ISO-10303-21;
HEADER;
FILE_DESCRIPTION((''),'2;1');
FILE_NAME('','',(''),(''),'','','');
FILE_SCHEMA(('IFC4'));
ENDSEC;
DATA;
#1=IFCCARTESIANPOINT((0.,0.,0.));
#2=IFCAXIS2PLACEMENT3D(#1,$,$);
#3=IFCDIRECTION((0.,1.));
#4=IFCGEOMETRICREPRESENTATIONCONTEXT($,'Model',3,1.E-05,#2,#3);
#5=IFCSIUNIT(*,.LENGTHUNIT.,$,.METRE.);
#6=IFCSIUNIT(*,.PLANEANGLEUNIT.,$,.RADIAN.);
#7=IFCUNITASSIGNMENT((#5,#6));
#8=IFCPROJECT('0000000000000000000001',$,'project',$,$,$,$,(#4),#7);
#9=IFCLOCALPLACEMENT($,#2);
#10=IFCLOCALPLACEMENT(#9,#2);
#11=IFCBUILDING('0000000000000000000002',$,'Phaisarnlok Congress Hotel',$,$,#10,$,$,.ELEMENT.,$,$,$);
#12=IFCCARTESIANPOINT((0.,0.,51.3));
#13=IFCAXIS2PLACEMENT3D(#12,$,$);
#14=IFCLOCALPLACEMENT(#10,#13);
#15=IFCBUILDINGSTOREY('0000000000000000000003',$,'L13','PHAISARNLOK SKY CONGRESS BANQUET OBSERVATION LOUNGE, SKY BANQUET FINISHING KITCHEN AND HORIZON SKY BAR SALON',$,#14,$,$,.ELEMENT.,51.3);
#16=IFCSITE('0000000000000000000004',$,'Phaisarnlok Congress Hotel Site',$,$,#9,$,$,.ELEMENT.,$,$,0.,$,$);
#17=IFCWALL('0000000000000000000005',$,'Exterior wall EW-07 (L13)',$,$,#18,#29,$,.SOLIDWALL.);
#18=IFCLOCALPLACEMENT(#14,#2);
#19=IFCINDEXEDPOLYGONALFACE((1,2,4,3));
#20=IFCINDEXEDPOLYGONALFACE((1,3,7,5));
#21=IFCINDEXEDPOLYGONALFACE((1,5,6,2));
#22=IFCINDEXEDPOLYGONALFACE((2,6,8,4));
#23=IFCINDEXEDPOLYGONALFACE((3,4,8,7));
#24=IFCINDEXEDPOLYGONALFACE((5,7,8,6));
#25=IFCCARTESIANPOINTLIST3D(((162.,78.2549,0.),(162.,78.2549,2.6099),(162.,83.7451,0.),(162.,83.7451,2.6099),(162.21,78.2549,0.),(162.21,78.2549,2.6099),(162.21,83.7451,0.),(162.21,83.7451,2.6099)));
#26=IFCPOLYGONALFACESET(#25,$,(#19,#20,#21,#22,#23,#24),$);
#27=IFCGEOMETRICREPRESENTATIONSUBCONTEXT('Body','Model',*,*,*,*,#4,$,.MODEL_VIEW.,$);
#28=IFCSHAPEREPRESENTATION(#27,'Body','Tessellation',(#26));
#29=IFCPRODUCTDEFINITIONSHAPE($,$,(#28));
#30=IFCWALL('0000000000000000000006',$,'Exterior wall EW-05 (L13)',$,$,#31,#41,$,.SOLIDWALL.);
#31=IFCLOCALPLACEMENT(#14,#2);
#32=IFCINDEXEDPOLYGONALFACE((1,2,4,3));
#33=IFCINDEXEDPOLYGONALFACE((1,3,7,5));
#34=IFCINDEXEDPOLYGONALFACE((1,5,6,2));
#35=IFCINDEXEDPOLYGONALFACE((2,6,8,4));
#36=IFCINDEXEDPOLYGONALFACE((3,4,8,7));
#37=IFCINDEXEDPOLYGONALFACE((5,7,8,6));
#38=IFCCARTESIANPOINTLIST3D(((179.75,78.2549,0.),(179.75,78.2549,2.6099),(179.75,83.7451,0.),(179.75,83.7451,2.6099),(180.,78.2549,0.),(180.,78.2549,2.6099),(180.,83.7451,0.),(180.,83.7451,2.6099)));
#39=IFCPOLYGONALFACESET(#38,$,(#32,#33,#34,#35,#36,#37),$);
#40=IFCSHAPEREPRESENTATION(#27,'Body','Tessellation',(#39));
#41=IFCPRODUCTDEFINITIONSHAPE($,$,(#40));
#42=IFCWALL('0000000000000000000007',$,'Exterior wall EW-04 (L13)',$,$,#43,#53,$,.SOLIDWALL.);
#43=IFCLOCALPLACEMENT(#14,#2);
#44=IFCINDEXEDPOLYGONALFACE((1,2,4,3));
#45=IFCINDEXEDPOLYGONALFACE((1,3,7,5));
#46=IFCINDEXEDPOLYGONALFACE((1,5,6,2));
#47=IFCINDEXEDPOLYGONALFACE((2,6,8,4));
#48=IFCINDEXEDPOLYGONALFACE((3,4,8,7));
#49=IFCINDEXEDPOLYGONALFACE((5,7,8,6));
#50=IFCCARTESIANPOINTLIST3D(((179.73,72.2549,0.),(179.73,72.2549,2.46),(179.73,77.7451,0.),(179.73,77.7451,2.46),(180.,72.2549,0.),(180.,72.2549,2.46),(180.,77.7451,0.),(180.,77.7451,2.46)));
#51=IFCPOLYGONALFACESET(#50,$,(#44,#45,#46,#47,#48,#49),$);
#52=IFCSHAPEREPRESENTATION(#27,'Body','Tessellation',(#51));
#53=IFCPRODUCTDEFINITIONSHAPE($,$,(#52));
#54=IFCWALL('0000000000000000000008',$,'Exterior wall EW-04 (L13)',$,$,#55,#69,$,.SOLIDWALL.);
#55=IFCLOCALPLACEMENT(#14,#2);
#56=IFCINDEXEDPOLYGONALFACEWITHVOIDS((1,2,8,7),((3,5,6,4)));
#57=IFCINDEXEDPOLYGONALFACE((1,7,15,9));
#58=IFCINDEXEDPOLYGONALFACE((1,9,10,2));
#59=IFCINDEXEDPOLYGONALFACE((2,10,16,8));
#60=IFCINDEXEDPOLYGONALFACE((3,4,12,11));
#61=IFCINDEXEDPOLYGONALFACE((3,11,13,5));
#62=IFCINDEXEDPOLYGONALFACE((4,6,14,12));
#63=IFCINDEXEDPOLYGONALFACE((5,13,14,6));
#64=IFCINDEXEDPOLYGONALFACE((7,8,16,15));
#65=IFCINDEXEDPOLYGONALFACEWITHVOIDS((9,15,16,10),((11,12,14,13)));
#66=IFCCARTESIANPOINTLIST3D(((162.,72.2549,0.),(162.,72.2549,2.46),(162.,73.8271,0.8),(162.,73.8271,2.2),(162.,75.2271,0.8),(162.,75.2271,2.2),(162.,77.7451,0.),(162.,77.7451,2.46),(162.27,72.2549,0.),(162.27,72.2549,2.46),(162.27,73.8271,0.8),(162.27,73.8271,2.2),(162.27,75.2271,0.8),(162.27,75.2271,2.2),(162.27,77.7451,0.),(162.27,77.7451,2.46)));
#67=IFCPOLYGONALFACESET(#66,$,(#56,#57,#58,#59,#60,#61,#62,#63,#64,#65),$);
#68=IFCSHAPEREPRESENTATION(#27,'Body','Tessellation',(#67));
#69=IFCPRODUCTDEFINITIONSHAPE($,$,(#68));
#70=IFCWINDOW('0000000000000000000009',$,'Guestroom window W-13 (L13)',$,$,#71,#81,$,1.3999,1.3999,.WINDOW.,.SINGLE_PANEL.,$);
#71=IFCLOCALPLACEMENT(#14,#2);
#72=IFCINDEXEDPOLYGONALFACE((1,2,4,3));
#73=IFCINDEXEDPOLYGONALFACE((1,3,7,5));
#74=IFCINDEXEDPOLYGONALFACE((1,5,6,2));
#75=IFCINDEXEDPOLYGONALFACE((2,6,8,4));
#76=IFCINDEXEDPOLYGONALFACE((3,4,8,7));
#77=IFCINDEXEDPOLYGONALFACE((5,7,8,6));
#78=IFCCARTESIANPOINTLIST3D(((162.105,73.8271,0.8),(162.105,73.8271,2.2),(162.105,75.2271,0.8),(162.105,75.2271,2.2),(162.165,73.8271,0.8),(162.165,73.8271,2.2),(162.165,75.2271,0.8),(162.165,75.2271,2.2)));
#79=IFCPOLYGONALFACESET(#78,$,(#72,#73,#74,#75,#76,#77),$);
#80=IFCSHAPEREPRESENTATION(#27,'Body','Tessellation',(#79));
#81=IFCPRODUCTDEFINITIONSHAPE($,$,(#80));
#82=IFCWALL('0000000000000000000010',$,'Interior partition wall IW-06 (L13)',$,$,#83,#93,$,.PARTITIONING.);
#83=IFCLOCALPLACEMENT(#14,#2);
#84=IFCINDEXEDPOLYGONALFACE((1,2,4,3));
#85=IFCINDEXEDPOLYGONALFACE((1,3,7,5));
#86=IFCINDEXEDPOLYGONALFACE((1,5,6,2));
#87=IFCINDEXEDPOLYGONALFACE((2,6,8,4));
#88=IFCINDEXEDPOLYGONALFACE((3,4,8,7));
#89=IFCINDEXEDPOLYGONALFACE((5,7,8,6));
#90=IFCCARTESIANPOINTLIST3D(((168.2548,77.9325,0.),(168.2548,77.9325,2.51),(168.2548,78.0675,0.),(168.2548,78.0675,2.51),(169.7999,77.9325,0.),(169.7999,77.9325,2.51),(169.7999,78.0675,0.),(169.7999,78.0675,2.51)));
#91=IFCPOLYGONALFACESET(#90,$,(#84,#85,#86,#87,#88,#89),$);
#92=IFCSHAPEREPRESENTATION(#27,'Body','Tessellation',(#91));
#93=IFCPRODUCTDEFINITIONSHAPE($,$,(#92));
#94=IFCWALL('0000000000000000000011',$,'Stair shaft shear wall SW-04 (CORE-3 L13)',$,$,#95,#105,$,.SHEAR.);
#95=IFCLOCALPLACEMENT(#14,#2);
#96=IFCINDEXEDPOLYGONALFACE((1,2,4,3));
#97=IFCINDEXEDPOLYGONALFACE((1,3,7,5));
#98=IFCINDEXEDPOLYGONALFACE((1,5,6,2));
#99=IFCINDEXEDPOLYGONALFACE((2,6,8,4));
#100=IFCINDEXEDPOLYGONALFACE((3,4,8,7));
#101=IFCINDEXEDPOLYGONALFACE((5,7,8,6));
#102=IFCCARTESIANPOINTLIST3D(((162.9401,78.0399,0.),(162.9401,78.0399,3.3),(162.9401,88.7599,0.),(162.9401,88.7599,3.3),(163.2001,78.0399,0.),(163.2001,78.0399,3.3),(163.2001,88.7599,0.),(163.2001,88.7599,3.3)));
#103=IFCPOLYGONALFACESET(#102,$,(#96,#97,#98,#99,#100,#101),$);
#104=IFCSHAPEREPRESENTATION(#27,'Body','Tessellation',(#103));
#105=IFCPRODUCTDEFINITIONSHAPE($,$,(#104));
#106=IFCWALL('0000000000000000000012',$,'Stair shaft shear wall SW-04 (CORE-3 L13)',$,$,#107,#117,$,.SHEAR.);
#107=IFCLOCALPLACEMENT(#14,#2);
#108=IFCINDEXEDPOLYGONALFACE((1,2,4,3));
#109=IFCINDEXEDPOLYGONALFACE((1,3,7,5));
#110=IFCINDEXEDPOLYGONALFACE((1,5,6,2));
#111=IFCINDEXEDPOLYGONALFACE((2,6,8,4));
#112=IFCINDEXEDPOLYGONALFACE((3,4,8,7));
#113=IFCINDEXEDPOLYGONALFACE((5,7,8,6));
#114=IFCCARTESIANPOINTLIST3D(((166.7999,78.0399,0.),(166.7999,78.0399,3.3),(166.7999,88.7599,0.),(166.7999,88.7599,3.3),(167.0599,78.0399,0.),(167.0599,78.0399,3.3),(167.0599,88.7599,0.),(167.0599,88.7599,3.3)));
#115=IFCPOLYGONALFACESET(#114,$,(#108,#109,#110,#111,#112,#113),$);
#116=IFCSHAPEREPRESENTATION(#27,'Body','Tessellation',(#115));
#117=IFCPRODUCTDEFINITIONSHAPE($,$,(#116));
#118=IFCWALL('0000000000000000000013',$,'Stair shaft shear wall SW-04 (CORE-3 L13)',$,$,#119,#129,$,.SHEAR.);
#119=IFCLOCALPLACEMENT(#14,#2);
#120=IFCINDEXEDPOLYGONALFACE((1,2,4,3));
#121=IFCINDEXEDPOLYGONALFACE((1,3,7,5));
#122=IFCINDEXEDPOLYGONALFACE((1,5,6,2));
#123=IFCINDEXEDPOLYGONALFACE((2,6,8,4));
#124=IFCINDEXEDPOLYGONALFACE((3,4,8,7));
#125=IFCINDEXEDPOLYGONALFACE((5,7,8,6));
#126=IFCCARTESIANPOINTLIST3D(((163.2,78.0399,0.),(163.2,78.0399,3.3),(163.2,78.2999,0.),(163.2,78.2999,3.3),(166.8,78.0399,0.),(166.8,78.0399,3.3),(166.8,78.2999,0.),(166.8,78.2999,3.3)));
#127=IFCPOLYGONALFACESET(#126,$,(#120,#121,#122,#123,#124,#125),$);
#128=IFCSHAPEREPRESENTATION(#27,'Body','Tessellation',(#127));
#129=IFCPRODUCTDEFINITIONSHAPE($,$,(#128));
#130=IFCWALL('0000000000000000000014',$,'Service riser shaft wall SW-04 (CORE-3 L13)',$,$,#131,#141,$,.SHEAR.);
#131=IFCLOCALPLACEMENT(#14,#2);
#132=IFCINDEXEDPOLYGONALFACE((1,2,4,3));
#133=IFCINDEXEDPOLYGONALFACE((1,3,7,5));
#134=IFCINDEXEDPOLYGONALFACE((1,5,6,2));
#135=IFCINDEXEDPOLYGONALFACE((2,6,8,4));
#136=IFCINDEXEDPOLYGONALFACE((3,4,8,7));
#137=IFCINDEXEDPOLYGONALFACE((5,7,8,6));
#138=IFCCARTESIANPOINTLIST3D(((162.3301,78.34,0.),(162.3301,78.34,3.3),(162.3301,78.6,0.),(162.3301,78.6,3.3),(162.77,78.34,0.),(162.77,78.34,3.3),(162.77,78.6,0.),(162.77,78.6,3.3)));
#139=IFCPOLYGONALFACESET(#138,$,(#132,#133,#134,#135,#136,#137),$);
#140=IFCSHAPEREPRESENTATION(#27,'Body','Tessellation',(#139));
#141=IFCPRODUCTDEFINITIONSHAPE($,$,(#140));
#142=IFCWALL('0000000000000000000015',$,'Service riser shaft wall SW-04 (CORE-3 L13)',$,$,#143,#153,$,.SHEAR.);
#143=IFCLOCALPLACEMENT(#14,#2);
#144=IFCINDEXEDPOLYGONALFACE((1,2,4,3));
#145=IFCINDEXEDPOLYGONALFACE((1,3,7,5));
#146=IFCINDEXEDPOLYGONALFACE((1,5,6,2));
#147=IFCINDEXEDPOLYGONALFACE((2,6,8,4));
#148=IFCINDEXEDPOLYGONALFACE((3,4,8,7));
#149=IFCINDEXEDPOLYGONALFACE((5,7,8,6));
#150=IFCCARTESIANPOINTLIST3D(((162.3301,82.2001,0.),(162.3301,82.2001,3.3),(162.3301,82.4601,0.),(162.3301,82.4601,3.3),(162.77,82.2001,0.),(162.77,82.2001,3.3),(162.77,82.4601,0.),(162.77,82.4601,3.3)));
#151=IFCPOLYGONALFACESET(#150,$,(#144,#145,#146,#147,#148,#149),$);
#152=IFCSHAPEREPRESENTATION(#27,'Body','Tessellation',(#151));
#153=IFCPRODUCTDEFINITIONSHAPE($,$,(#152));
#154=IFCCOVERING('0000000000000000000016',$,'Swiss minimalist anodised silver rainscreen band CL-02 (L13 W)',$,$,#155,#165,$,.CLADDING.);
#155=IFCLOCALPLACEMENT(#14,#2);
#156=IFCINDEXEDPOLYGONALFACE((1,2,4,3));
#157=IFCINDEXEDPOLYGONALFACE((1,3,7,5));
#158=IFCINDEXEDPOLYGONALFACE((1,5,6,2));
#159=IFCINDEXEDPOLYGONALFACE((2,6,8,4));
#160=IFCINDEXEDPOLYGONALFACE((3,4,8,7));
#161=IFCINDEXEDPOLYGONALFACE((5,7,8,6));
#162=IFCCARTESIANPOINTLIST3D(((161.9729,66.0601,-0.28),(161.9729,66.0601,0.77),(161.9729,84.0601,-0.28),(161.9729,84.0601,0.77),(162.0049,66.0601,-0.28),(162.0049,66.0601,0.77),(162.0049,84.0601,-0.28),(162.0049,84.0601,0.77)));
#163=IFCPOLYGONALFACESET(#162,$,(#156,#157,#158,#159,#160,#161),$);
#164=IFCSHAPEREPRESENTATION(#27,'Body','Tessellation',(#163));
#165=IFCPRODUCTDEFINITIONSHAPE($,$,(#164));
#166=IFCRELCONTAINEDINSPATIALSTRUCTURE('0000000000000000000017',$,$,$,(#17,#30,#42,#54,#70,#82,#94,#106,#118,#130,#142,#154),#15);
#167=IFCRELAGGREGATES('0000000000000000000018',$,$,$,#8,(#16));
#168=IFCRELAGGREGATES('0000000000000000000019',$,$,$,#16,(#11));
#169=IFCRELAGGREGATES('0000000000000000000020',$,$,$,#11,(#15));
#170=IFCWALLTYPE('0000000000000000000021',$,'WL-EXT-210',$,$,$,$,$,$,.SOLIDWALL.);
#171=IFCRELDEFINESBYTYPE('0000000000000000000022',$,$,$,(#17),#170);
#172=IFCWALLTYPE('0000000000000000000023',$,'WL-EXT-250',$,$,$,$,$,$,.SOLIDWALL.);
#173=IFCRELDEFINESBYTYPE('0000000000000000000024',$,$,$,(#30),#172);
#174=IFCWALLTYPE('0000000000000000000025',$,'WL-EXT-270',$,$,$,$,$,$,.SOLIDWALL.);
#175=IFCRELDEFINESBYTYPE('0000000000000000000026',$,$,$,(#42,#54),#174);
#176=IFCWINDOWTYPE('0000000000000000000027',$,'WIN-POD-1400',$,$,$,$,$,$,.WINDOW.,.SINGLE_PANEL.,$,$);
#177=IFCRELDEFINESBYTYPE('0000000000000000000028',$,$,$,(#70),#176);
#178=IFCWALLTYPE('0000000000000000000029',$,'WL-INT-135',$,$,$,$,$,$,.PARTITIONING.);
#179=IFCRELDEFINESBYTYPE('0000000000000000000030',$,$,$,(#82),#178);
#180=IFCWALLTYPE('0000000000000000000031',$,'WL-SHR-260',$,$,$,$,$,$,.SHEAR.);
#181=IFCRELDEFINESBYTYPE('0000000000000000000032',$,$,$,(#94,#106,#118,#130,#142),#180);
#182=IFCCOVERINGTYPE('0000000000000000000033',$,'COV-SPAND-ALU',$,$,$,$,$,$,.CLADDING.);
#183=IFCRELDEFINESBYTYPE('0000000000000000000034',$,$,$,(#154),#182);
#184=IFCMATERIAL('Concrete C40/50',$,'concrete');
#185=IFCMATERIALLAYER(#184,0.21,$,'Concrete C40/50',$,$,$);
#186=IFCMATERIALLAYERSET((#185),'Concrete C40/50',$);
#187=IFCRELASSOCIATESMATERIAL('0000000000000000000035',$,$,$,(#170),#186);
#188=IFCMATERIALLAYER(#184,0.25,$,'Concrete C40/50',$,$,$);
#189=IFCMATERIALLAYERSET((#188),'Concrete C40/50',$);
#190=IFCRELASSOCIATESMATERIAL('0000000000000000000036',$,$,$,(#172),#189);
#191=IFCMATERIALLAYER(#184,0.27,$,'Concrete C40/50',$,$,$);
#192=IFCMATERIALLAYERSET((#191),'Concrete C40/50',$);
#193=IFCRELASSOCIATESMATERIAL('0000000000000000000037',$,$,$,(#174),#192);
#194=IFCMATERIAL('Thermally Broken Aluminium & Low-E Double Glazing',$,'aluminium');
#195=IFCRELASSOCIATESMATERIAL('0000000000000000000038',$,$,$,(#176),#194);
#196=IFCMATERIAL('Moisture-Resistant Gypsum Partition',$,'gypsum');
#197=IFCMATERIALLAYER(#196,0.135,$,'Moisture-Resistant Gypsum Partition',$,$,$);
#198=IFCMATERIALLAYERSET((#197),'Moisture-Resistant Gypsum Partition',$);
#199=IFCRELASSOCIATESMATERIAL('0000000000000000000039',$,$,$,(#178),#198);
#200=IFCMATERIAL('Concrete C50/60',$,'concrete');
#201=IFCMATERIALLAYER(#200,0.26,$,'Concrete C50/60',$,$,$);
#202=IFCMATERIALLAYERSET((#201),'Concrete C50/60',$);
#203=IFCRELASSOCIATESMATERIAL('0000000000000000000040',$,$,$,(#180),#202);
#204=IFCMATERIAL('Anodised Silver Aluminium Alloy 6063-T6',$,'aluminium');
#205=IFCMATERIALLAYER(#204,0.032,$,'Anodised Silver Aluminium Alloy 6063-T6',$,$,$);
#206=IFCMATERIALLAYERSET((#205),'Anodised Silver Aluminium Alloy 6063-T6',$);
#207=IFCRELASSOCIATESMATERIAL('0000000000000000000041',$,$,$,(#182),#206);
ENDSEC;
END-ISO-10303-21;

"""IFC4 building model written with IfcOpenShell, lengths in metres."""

from ifc_helpers import new_model, si_unit, direction, frame, frame_2d, origin, place, context, subcontext, project, spatial, polyline, rectangle, outline, extrude, material, layer, layer_set, type_object, element, fill, save


model = new_model("IFC4")

# Units and contexts
model_context = context("Model", 3, precision=1e-05, world=origin(), true_north=direction((0.0, 1.0)))
body_context = subcontext(model_context, "Body", "Model", "MODEL_VIEW")
ifc_project = project(units=[si_unit("LENGTHUNIT", "METRE"), si_unit("PLANEANGLEUNIT", "RADIAN")], contexts=[model_context])

# Site, building, storey
site_placement = place(None, origin())
site = spatial("IfcSite", under=ifc_project, at=site_placement, Name="Phaisarnlok Congress Hotel Site", CompositionType="ELEMENT", RefElevation=0.0)
building_placement = place(site_placement, origin())
building = spatial("IfcBuilding", under=site, at=building_placement, Name="Phaisarnlok Congress Hotel", CompositionType="ELEMENT")
storey_placement = place(building_placement, frame((0.0, 0.0, 51.3)))
storey = spatial("IfcBuildingStorey", under=building, at=storey_placement, Name="L13", Description="PHAISARNLOK SKY CONGRESS BANQUET OBSERVATION LOUNGE, SKY BANQUET FINISHING KITCHEN AND HORIZON SKY BAR SALON", CompositionType="ELEMENT", Elevation=51.3)

# Shared definitions
ifc_material_1 = material(Name="Concrete C50/60", Category="concrete")

# Walls
ifc_material_2 = material(Name="Concrete C40/50", Category="concrete")
ifc_layer_1 = layer(ifc_material_2, 0.21, Name="Concrete C40/50")
ifc_layer_set_1 = layer_set([ifc_layer_1], Name="Concrete C40/50")
wall_type_1 = type_object("IfcWallType", Name="WL-EXT-210", PredefinedType="SOLIDWALL", material=ifc_layer_set_1)
wall_1_placement = place(storey_placement, frame((162.105, 83.7451, 0.0), z_axis=(0.0, 0.0, 1.0), x_axis=(0.0, -1.0, 0.0)))
element("IfcWall", 1, at=wall_1_placement, inside=storey, type_object=wall_type_1, Name="Exterior wall EW-07 (L13)", PredefinedType="SOLIDWALL", context=body_context, shape_type="SweptSolid", body=[
    extrude(rectangle(XDim=5.4902, YDim=0.21, at=frame_2d((2.7451, 0.0))), origin(), (0.0, 0.0, 1.0), 2.6099),
])
ifc_layer_2 = layer(ifc_material_2, 0.25, Name="Concrete C40/50")
ifc_layer_set_2 = layer_set([ifc_layer_2], Name="Concrete C40/50")
wall_type_2 = type_object("IfcWallType", Name="WL-EXT-250", PredefinedType="SOLIDWALL", material=ifc_layer_set_2)
wall_2_placement = place(storey_placement, frame((179.875, 78.2549, 0.0), z_axis=(0.0, 0.0, 1.0), x_axis=(0.0, 1.0, 0.0)))
element("IfcWall", 2, at=wall_2_placement, inside=storey, type_object=wall_type_2, Name="Exterior wall EW-05 (L13)", PredefinedType="SOLIDWALL", context=body_context, shape_type="SweptSolid", body=[
    extrude(rectangle(XDim=5.4902, YDim=0.25, at=frame_2d((2.7451, 0.0))), origin(), (0.0, 0.0, 1.0), 2.6099),
])
ifc_layer_3 = layer(ifc_material_2, 0.27, Name="Concrete C40/50")
ifc_layer_set_3 = layer_set([ifc_layer_3], Name="Concrete C40/50")
wall_type_3 = type_object("IfcWallType", Name="WL-EXT-270", PredefinedType="SOLIDWALL", material=ifc_layer_set_3)
wall_3_placement = place(storey_placement, frame((179.865, 72.2549, 0.0), z_axis=(0.0, 0.0, 1.0), x_axis=(0.0, 1.0, 0.0)))
element("IfcWall", 3, at=wall_3_placement, inside=storey, type_object=wall_type_3, Name="Exterior wall EW-04 (L13)", PredefinedType="SOLIDWALL", context=body_context, shape_type="SweptSolid", body=[
    extrude(rectangle(XDim=5.4902, YDim=0.27, at=frame_2d((2.7451, 0.0))), origin(), (0.0, 0.0, 1.0), 2.46),
])

# Wall, opening, window
wall_4_placement = place(storey_placement, frame((162.135, 77.7451, 0.0), z_axis=(0.0, 0.0, 1.0), x_axis=(0.0, -1.0, 0.0)))
wall_4 = element("IfcWall", 4, at=wall_4_placement, inside=storey, type_object=wall_type_3, Name="Exterior wall EW-04 (L13)", PredefinedType="SOLIDWALL", context=body_context, shape_type="SweptSolid", body=[
    extrude(rectangle(XDim=5.4902, YDim=0.27, at=frame_2d((2.7451, 0.0))), origin(), (0.0, 0.0, 1.0), 2.46),
])
opening_placement = place(wall_4_placement, frame((2.5181, 0.0, 0.8)))
opening = element("IfcOpeningElement", 5, at=opening_placement, cuts=wall_4, PredefinedType="OPENING", context=body_context, shape_type="SweptSolid", body=[
    extrude(rectangle(XDim=1.3999, YDim=1.3999, at=frame_2d((0.7, 0.7))), frame((0.0, 0.145, 0.0), z_axis=(0.0, -1.0, 0.0), x_axis=(1.0, 0.0, 0.0)), (0.0, 0.0, 1.0), 0.29),
])
ifc_material_3 = material(Name="Thermally Broken Aluminium & Low-E Double Glazing", Category="aluminium")
window_type = type_object("IfcWindowType", Name="WIN-POD-1400", PartitioningType="SINGLE_PANEL", PredefinedType="WINDOW", material=ifc_material_3)
window_placement = place(opening_placement, origin())
window = element("IfcWindow", 6, at=window_placement, inside=storey, type_object=window_type, Name="Guestroom window W-13 (L13)", OverallHeight=1.3999, OverallWidth=1.3999, PartitioningType="SINGLE_PANEL", PredefinedType="WINDOW", context=body_context, shape_type="SweptSolid", body=[
    extrude(rectangle(XDim=1.3999, YDim=1.3999, at=frame_2d((0.7, 0.7))), frame((0.0, 0.03, 0.0), z_axis=(0.0, -1.0, 0.0), x_axis=(1.0, 0.0, 0.0)), (0.0, 0.0, 1.0), 0.0601),
])
fill(opening, window)

# Walls
ifc_material_4 = material(Name="Moisture-Resistant Gypsum Partition", Category="gypsum")
ifc_layer_4 = layer(ifc_material_4, 0.135, Name="Moisture-Resistant Gypsum Partition")
ifc_layer_set_4 = layer_set([ifc_layer_4], Name="Moisture-Resistant Gypsum Partition")
wall_type_4 = type_object("IfcWallType", Name="WL-INT-135", PredefinedType="PARTITIONING", material=ifc_layer_set_4)
wall_5_placement = place(storey_placement, frame((168.2549, 78.0, 0.0), z_axis=(0.0, 0.0, 1.0), x_axis=(1.0, 0.0, 0.0)))
element("IfcWall", 7, at=wall_5_placement, inside=storey, type_object=wall_type_4, Name="Interior partition wall IW-06 (L13)", PredefinedType="PARTITIONING", context=body_context, shape_type="SweptSolid", body=[
    extrude(rectangle(XDim=1.5452, YDim=0.135, at=frame_2d((0.7725, 0.0))), origin(), (0.0, 0.0, 1.0), 2.51),
])
ifc_layer_5 = layer(ifc_material_1, 0.26, Name="Concrete C50/60")
ifc_layer_set_5 = layer_set([ifc_layer_5], Name="Concrete C50/60")
wall_type_5 = type_object("IfcWallType", Name="WL-SHR-260", PredefinedType="SHEAR", material=ifc_layer_set_5)
for number, where, z_axis, x_axis, name in (
    (8, (163.0701, 78.04, 0.0), (0.0, 0.0, 1.0), (0.0, 1.0, 0.0), "Stair shaft shear wall SW-04 (CORE-3 L13)"),
    (9, (166.9299, 78.04, 0.0), (0.0, 0.0, 1.0), (0.0, 1.0, 0.0), "Stair shaft shear wall SW-04 (CORE-3 L13)"),
):
    element("IfcWall", number, at=place(storey_placement, frame(where, z_axis=z_axis, x_axis=x_axis)), inside=storey, type_object=wall_type_5, Name=name, PredefinedType="SHEAR", context=body_context, shape_type="SweptSolid", body=[
        extrude(rectangle(XDim=10.72, YDim=0.26, at=frame_2d((5.3599, 0.0))), origin(), (0.0, 0.0, 1.0), 3.3),
    ])
wall_6_placement = place(storey_placement, frame((163.2, 78.1699, 0.0), z_axis=(0.0, 0.0, 1.0), x_axis=(1.0, 0.0, 0.0)))
element("IfcWall", 10, at=wall_6_placement, inside=storey, type_object=wall_type_5, Name="Stair shaft shear wall SW-04 (CORE-3 L13)", PredefinedType="SHEAR", context=body_context, shape_type="SweptSolid", body=[
    extrude(rectangle(XDim=3.6001, YDim=0.26, at=frame_2d((1.8, 0.0))), origin(), (0.0, 0.0, 1.0), 3.3),
])
for number, where, z_axis, x_axis, name in (
    (11, (162.3301, 78.47, 0.0), (0.0, 0.0, 1.0), (1.0, 0.0, 0.0), "Service riser shaft wall SW-04 (CORE-3 L13)"),
    (12, (162.3301, 82.3301, 0.0), (0.0, 0.0, 1.0), (1.0, 0.0, 0.0), "Service riser shaft wall SW-04 (CORE-3 L13)"),
):
    element("IfcWall", number, at=place(storey_placement, frame(where, z_axis=z_axis, x_axis=x_axis)), inside=storey, type_object=wall_type_5, Name=name, PredefinedType="SHEAR", context=body_context, shape_type="SweptSolid", body=[
        extrude(rectangle(XDim=0.4399, YDim=0.26, at=frame_2d((0.22, 0.0))), origin(), (0.0, 0.0, 1.0), 3.3),
    ])

# Covering
ifc_material_5 = material(Name="Anodised Silver Aluminium Alloy 6063-T6", Category="aluminium")
ifc_layer_6 = layer(ifc_material_5, 0.032, Name="Anodised Silver Aluminium Alloy 6063-T6")
ifc_layer_set_6 = layer_set([ifc_layer_6], Name="Anodised Silver Aluminium Alloy 6063-T6")
covering_type = type_object("IfcCoveringType", Name="COV-SPAND-ALU", PredefinedType="CLADDING", material=ifc_layer_set_6)
covering_placement = place(storey_placement, frame((162.0049, 84.0601, -0.28), z_axis=(-1.0, 0.0, 0.0), x_axis=(0.0, -1.0, 0.0)))
element("IfcCovering", 13, at=covering_placement, inside=storey, type_object=covering_type, Name="Swiss minimalist anodised silver rainscreen band CL-02 (L13 W)", PredefinedType="CLADDING", context=body_context, shape_type="SweptSolid", body=[
    extrude(outline(polyline([(0.0, 0.0), (18.0, 0.0), (18.0, 1.05), (0.0, 1.05), (0.0, 0.0)])), origin(), (0.0, 0.0, 1.0), 0.032),
])

save(model, "model.ifc")
